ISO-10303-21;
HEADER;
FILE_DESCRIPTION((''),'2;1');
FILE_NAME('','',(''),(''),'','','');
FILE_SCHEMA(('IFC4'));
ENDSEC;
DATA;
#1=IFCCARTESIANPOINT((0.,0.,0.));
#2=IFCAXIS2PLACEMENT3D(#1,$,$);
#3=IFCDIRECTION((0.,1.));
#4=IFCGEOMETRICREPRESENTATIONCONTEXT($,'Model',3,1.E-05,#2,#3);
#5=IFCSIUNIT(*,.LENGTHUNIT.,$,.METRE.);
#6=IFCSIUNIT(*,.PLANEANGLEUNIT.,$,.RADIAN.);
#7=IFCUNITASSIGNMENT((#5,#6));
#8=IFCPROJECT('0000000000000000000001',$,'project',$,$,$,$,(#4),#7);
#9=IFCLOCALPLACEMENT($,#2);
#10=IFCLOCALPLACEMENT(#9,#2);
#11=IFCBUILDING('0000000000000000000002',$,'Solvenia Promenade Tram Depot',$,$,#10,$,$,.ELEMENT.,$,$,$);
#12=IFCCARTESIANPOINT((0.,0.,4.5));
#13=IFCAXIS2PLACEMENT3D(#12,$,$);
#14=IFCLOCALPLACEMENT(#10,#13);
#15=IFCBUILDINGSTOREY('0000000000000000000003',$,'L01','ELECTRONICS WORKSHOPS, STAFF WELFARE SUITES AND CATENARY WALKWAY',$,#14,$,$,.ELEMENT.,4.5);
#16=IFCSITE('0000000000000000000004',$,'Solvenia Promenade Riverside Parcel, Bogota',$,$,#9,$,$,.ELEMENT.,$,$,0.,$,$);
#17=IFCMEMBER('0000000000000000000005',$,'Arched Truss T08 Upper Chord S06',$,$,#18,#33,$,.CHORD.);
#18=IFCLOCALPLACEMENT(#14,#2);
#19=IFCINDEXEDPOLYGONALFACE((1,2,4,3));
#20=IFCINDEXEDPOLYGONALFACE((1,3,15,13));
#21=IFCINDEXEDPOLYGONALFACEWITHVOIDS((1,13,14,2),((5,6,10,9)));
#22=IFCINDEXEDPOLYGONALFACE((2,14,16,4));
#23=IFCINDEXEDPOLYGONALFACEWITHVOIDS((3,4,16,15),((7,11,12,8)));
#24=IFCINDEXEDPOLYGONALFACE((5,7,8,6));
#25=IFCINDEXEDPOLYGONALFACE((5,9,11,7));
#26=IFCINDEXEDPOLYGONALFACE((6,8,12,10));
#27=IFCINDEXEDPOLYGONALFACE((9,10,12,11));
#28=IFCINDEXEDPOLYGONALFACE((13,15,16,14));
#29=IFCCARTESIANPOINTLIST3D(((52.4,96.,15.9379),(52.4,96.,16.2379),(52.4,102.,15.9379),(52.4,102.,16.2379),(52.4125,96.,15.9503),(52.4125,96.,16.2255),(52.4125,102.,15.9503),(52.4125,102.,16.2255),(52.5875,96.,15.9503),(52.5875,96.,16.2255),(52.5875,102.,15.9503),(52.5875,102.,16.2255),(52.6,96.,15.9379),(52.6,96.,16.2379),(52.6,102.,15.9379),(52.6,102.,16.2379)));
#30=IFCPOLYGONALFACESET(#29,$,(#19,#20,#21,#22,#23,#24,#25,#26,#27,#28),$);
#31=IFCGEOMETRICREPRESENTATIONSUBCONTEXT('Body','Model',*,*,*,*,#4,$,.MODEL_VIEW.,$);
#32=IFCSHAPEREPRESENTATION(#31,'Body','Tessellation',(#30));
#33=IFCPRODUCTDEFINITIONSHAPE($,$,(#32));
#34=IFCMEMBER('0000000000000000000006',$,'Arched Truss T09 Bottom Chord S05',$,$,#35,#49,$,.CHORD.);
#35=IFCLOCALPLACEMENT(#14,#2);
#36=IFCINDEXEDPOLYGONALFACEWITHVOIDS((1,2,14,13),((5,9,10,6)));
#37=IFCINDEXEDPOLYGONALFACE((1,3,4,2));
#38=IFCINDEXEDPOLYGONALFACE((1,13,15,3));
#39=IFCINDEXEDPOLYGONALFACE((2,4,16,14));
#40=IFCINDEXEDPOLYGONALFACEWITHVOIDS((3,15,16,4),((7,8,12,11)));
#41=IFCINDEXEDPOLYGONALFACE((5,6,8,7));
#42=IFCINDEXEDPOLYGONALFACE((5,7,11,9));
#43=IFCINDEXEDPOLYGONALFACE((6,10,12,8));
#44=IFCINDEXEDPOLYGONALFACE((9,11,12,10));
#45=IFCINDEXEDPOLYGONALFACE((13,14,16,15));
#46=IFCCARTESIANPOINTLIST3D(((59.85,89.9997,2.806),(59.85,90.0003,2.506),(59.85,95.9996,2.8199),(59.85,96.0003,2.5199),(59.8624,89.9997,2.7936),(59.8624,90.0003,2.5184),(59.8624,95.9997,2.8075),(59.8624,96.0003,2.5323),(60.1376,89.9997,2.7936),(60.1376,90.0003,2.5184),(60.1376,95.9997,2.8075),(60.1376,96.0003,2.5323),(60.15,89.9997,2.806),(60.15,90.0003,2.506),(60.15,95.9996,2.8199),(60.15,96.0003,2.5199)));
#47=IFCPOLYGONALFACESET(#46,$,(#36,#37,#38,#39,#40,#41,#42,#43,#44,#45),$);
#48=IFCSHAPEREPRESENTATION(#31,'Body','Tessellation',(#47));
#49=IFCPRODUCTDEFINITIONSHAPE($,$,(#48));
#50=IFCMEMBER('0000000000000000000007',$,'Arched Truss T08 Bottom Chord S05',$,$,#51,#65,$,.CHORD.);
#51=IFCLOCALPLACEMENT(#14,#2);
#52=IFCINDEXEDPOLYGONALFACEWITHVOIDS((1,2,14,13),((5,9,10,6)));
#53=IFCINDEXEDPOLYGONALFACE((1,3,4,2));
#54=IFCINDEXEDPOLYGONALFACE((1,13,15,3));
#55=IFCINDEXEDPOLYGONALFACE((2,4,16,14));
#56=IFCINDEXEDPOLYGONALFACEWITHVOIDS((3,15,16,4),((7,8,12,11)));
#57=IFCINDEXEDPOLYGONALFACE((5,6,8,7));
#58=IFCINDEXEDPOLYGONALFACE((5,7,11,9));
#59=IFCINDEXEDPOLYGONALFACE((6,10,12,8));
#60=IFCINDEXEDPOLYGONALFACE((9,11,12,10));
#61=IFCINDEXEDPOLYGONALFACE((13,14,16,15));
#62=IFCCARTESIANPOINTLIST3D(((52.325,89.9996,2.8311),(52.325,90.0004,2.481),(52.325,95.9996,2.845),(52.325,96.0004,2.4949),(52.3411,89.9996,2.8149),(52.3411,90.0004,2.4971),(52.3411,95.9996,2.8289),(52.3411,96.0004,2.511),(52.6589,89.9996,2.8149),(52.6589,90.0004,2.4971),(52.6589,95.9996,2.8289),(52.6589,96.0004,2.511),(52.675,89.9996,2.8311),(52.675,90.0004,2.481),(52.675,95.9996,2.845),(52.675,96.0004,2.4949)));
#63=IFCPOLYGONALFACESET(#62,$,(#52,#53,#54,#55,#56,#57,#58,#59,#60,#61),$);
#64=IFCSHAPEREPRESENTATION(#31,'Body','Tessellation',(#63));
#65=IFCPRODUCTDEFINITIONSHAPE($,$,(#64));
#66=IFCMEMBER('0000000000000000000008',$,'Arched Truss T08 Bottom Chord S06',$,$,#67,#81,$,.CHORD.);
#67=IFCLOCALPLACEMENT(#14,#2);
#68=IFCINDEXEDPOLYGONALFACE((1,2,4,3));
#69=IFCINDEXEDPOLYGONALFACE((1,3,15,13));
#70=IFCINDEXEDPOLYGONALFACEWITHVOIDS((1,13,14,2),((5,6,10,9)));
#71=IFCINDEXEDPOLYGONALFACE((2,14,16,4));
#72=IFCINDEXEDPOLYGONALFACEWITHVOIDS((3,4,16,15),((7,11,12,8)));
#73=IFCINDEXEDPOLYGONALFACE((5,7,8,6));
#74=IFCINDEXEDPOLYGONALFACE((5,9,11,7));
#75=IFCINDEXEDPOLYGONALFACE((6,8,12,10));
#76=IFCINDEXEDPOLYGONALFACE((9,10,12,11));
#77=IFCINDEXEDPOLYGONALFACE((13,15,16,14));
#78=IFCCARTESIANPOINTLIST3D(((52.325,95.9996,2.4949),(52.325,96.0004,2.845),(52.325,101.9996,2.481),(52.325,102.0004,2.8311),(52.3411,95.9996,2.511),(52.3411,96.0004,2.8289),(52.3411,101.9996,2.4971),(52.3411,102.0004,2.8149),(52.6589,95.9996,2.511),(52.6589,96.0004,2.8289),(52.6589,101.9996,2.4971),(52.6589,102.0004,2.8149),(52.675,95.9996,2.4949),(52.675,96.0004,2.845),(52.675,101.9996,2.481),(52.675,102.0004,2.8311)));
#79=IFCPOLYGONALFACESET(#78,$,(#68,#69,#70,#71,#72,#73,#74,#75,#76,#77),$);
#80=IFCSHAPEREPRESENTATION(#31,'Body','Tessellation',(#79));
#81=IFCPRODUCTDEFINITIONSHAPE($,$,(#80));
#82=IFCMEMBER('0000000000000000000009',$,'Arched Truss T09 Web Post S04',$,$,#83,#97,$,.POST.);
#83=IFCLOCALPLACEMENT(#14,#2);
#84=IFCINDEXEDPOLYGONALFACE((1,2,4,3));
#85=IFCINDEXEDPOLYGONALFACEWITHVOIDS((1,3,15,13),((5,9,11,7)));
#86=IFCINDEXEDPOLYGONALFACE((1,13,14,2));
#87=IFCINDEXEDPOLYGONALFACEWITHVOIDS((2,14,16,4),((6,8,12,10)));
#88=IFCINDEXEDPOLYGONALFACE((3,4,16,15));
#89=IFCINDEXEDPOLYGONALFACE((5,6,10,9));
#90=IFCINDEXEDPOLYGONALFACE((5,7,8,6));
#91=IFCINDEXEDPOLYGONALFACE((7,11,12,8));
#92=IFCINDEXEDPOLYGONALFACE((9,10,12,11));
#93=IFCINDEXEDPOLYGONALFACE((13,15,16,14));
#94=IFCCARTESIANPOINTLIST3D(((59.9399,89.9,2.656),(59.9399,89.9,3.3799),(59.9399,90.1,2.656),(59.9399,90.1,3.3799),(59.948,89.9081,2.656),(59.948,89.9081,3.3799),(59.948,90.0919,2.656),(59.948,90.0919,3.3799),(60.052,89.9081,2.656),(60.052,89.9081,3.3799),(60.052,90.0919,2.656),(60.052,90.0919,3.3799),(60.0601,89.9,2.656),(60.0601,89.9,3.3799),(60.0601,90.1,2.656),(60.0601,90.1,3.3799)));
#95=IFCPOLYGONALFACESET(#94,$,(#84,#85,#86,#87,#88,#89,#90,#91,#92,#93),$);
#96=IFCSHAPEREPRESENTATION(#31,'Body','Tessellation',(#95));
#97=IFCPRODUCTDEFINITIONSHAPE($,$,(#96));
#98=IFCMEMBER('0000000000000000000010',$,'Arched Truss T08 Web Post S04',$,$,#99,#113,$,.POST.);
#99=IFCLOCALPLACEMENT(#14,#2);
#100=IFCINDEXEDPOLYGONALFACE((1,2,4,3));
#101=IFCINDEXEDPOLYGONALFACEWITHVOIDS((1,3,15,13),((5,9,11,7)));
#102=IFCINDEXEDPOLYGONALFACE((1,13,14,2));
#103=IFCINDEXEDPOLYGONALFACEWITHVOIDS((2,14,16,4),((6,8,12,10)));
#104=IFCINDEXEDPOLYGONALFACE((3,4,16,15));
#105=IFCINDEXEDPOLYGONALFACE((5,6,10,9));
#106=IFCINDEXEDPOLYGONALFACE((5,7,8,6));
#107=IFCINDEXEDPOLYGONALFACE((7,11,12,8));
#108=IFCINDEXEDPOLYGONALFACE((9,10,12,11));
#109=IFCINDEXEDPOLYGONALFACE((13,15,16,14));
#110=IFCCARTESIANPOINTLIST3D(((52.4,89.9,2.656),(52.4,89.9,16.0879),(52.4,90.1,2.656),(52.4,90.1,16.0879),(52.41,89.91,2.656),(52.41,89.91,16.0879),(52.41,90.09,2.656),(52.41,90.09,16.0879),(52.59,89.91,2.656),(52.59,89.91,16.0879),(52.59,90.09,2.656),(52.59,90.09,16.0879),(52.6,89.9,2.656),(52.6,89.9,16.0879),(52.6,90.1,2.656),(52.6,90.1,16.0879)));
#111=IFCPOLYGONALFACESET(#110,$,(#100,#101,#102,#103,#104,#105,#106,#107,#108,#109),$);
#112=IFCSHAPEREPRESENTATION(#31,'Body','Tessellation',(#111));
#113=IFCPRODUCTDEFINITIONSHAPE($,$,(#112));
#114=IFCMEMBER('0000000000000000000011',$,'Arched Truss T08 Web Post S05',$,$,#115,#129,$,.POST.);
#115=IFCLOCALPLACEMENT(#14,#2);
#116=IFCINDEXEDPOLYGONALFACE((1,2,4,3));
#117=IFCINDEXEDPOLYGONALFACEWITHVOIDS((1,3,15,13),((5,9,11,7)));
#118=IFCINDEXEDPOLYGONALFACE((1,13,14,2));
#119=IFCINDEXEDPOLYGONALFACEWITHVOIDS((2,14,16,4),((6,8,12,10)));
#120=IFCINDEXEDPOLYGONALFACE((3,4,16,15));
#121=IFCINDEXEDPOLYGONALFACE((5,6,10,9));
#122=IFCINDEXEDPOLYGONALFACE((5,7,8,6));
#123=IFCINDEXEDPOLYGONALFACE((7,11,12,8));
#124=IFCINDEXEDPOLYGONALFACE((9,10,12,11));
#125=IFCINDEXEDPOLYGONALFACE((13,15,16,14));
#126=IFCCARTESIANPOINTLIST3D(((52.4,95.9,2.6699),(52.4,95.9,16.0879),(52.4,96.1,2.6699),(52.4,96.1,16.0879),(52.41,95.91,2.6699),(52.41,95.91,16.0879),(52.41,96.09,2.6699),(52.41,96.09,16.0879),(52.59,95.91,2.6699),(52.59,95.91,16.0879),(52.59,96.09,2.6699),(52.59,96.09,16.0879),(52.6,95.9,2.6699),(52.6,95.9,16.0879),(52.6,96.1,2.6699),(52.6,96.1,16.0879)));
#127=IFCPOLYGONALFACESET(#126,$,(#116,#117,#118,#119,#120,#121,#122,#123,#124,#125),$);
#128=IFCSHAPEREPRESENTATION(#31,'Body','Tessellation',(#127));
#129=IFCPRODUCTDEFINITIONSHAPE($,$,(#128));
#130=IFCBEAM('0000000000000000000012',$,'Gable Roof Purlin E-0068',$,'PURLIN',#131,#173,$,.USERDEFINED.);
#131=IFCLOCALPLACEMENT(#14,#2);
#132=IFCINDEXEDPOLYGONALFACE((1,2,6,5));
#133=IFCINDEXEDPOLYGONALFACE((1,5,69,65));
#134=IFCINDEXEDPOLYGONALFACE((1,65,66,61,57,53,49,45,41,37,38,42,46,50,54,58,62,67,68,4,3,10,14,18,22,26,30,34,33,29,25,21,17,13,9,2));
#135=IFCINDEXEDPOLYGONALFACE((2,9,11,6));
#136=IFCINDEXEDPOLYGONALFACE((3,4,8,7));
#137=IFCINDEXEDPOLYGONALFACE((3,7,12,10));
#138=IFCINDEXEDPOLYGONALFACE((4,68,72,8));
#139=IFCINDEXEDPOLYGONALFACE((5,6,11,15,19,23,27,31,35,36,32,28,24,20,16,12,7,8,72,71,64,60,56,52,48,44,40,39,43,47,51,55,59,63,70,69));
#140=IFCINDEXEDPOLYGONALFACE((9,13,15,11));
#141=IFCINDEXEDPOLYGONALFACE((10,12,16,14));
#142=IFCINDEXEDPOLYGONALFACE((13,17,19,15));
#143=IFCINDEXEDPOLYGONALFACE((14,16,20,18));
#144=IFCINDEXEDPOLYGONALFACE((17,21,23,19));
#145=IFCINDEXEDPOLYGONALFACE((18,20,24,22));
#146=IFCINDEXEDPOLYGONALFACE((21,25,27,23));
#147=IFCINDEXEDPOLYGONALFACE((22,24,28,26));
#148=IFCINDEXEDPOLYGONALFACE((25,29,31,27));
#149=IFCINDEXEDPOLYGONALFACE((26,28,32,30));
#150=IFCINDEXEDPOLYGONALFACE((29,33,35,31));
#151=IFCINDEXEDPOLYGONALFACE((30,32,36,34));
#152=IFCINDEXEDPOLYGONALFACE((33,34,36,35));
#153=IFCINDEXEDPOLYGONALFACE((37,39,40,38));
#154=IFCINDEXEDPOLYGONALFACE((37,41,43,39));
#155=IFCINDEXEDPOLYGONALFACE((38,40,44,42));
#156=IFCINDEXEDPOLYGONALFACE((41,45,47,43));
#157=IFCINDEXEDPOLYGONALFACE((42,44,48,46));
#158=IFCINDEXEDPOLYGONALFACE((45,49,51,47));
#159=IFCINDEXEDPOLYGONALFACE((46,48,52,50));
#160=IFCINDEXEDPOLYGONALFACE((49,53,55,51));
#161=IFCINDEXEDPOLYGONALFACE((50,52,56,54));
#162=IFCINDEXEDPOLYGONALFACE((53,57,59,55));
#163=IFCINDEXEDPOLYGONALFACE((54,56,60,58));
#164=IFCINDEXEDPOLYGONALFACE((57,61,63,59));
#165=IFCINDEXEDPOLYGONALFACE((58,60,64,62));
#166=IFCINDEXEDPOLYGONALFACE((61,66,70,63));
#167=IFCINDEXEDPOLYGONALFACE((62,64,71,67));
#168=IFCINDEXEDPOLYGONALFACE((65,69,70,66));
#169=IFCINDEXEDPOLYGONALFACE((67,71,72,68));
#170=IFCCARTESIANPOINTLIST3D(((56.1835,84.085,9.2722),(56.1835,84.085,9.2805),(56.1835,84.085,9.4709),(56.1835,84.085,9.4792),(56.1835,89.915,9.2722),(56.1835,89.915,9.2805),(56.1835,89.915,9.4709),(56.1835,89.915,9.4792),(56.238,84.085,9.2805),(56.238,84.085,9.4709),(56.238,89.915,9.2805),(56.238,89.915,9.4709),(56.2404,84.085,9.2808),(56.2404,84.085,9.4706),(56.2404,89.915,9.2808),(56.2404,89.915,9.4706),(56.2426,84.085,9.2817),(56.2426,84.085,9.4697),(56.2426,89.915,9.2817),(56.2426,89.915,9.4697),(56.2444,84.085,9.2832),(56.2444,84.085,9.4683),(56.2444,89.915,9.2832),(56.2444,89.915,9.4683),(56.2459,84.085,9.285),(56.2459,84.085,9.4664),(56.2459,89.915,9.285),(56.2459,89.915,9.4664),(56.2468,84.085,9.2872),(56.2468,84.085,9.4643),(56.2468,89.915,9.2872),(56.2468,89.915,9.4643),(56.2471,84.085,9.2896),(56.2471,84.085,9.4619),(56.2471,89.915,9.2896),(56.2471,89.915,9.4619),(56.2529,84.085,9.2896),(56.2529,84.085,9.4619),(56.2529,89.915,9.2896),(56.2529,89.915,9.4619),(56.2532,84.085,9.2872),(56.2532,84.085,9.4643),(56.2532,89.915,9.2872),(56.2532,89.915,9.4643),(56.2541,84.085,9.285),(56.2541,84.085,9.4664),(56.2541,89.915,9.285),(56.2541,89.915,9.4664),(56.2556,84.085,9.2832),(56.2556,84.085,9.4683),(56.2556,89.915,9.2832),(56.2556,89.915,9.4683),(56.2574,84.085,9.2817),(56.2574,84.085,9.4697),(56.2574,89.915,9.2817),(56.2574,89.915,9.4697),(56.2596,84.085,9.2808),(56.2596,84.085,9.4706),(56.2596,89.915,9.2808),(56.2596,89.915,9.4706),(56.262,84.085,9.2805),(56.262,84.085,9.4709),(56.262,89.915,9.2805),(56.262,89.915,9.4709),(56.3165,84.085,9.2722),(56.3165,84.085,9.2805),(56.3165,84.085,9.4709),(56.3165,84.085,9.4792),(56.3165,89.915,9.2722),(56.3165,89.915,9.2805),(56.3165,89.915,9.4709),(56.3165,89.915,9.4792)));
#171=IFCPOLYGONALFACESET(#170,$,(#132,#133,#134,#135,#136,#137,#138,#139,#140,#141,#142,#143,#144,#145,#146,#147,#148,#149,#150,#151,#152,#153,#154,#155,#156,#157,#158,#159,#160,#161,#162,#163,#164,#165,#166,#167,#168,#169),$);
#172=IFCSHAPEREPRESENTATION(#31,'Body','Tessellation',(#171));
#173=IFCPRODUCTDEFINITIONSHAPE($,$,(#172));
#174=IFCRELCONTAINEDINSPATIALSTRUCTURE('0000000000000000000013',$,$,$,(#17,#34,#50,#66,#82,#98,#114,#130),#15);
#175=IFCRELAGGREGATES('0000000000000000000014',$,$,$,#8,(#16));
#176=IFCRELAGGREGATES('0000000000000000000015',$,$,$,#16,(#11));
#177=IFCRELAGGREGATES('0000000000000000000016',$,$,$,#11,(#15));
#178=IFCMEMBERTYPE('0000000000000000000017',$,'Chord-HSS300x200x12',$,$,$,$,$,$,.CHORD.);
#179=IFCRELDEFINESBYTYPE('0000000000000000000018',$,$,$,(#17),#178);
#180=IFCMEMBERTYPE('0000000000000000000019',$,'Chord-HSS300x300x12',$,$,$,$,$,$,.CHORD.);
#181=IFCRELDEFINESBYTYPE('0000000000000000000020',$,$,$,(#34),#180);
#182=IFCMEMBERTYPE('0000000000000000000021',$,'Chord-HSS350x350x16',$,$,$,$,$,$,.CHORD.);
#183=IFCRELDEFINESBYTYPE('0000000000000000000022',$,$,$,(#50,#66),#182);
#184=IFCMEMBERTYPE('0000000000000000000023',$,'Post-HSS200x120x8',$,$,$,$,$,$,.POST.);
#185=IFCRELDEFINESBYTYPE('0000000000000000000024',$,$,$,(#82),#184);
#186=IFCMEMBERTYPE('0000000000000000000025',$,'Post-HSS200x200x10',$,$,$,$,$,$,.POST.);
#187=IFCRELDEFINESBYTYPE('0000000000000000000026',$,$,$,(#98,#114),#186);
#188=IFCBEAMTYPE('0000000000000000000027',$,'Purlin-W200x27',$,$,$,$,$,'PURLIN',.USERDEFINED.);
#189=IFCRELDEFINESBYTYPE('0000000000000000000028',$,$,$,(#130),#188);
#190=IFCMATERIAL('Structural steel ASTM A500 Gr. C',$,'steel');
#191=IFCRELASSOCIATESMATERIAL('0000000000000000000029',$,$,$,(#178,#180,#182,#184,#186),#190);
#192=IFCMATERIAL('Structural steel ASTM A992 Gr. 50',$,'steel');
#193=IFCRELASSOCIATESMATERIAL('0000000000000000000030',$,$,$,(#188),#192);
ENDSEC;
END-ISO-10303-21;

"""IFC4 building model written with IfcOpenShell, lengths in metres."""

from ifc_helpers import new_model, si_unit, direction, frame, origin, origin_2d, place, context, subcontext, project, spatial, hollow_rectangle, i_section, extrude, material, material_profile, profile_set, type_object, element, save


model = new_model("IFC4")

# Units and contexts
model_context = context("Model", 3, precision=1e-05, world=origin(), true_north=direction((0.0, 1.0)))
body_context = subcontext(model_context, "Body", "Model", "MODEL_VIEW")
ifc_project = project(units=[si_unit("LENGTHUNIT", "METRE"), si_unit("PLANEANGLEUNIT", "RADIAN")], contexts=[model_context])

# Site, building, storey
site_placement = place(None, origin())
site = spatial("IfcSite", under=ifc_project, at=site_placement, Name="Solvenia Promenade Riverside Parcel, Bogota", CompositionType="ELEMENT", RefElevation=0.0)
building_placement = place(site_placement, origin())
building = spatial("IfcBuilding", under=site, at=building_placement, Name="Solvenia Promenade Tram Depot", CompositionType="ELEMENT")
storey_placement = place(building_placement, frame((0.0, 0.0, 4.5)))
storey = spatial("IfcBuildingStorey", under=building, at=storey_placement, Name="L01", Description="ELECTRONICS WORKSHOPS, STAFF WELFARE SUITES AND CATENARY WALKWAY", CompositionType="ELEMENT", Elevation=4.5)

# Members
ifc_material_1 = material(Name="Structural steel ASTM A500 Gr. C", Category="steel")
ifc_material_profile_1 = material_profile(ifc_material_1, hollow_rectangle(XDim=0.2, YDim=0.3, WallThickness=0.0125, at=origin_2d()), Name="HSS300x200x12.5", Category="steel")
ifc_profile_set_1 = profile_set([ifc_material_profile_1], Name="Structural steel ASTM A500 Gr. C")
member_type_1 = type_object("IfcMemberType", Name="Chord-HSS300x200x12", PredefinedType="CHORD", material=ifc_profile_set_1)
for number, where, z_axis, x_axis, name in (
    (1, (52.5, 96.0, 16.0879), (0.0, 1.0, 0.0), (-1.0, 0.0, 0.0), "Arched Truss T08 Upper Chord S06"),
):
    element("IfcMember", number, at=place(storey_placement, frame(where, z_axis=z_axis, x_axis=x_axis)), inside=storey, type_object=member_type_1, Name=name, PredefinedType="CHORD", context=body_context, shape_type="SweptSolid", body=[
        extrude(hollow_rectangle(XDim=0.2, YDim=0.3, WallThickness=0.0125, at=origin_2d()), origin(), (0.0, 0.0, 1.0), 6.0),
    ])
ifc_material_profile_2 = material_profile(ifc_material_1, hollow_rectangle(XDim=0.3, YDim=0.3, WallThickness=0.0125, at=origin_2d()), Name="HSS300x300x12.5", Category="steel")
ifc_profile_set_2 = profile_set([ifc_material_profile_2], Name="Structural steel ASTM A500 Gr. C")
member_type_2 = type_object("IfcMemberType", Name="Chord-HSS300x300x12", PredefinedType="CHORD", material=ifc_profile_set_2)
member_1_placement = place(storey_placement, frame((60.0, 90.0, 2.656), z_axis=(0.0, 0.999997, 0.002319), x_axis=(-1.0, 0.0, 0.0)))
element("IfcMember", 2, at=member_1_placement, inside=storey, type_object=member_type_2, Name="Arched Truss T09 Bottom Chord S05", PredefinedType="CHORD", context=body_context, shape_type="SweptSolid", body=[
    extrude(hollow_rectangle(XDim=0.3, YDim=0.3, WallThickness=0.0125, at=origin_2d()), origin(), (0.0, 0.0, 1.0), 6.0),
])
ifc_material_profile_3 = material_profile(ifc_material_1, hollow_rectangle(XDim=0.3501, YDim=0.3501, WallThickness=0.0161, at=origin_2d()), Name="HSS350x350x16", Category="steel")
ifc_profile_set_3 = profile_set([ifc_material_profile_3], Name="Structural steel ASTM A500 Gr. C")
member_type_3 = type_object("IfcMemberType", Name="Chord-HSS350x350x16", PredefinedType="CHORD", material=ifc_profile_set_3)
for number, where, z_axis, x_axis, name in (
    (3, (52.5, 90.0, 2.656), (0.0, 0.999997, 0.002319), (-1.0, 0.0, 0.0), "Arched Truss T08 Bottom Chord S05"),
    (4, (52.5, 96.0, 2.6699), (0.0, 0.999997, -0.002319), (-1.0, 0.0, 0.0), "Arched Truss T08 Bottom Chord S06"),
):
    element("IfcMember", number, at=place(storey_placement, frame(where, z_axis=z_axis, x_axis=x_axis)), inside=storey, type_object=member_type_3, Name=name, PredefinedType="CHORD", context=body_context, shape_type="SweptSolid", body=[
        extrude(hollow_rectangle(XDim=0.3501, YDim=0.3501, WallThickness=0.0161, at=origin_2d()), origin(), (0.0, 0.0, 1.0), 6.0),
    ])
ifc_material_profile_4 = material_profile(ifc_material_1, hollow_rectangle(XDim=0.1201, YDim=0.2, WallThickness=0.0081, at=origin_2d()), Name="HSS200x120x8", Category="steel")
ifc_profile_set_4 = profile_set([ifc_material_profile_4], Name="Structural steel ASTM A500 Gr. C")
member_type_4 = type_object("IfcMemberType", Name="Post-HSS200x120x8", PredefinedType="POST", material=ifc_profile_set_4)
member_2_placement = place(storey_placement, frame((60.0, 90.0, 2.656), z_axis=(0.0, 0.0, 1.0), x_axis=(1.0, 0.0, 0.0)))
element("IfcMember", 5, at=member_2_placement, inside=storey, type_object=member_type_4, Name="Arched Truss T09 Web Post S04", PredefinedType="POST", context=body_context, shape_type="SweptSolid", body=[
    extrude(hollow_rectangle(XDim=0.1201, YDim=0.2, WallThickness=0.0081, at=origin_2d()), origin(), (0.0, 0.0, 1.0), 0.7239),
])
ifc_material_profile_5 = material_profile(ifc_material_1, hollow_rectangle(XDim=0.2, YDim=0.2, WallThickness=0.01, at=origin_2d()), Name="HSS200x200x10", Category="steel")
ifc_profile_set_5 = profile_set([ifc_material_profile_5], Name="Structural steel ASTM A500 Gr. C")
member_type_5 = type_object("IfcMemberType", Name="Post-HSS200x200x10", PredefinedType="POST", material=ifc_profile_set_5)
member_3_placement = place(storey_placement, frame((52.5, 90.0, 2.656), z_axis=(0.0, 0.0, 1.0), x_axis=(1.0, 0.0, 0.0)))
element("IfcMember", 6, at=member_3_placement, inside=storey, type_object=member_type_5, Name="Arched Truss T08 Web Post S04", PredefinedType="POST", context=body_context, shape_type="SweptSolid", body=[
    extrude(hollow_rectangle(XDim=0.2, YDim=0.2, WallThickness=0.01, at=origin_2d()), origin(), (0.0, 0.0, 1.0), 13.4319),
])
member_4_placement = place(storey_placement, frame((52.5, 96.0, 2.6699), z_axis=(0.0, 0.0, 1.0), x_axis=(1.0, 0.0, 0.0)))
element("IfcMember", 7, at=member_4_placement, inside=storey, type_object=member_type_5, Name="Arched Truss T08 Web Post S05", PredefinedType="POST", context=body_context, shape_type="SweptSolid", body=[
    extrude(hollow_rectangle(XDim=0.2, YDim=0.2, WallThickness=0.01, at=origin_2d()), origin(), (0.0, 0.0, 1.0), 13.418),
])

# Beam
ifc_material_2 = material(Name="Structural steel ASTM A992 Gr. 50", Category="steel")
ifc_material_profile_6 = material_profile(ifc_material_2, i_section(OverallWidth=0.1331, OverallDepth=0.207, WebThickness=0.0059, FlangeThickness=0.0083, FilletRadius=0.009, at=origin_2d()), Name="W200x27", Category="steel")
ifc_profile_set_6 = profile_set([ifc_material_profile_6], Name="Structural steel ASTM A992 Gr. 50")
beam_type = type_object("IfcBeamType", Name="Purlin-W200x27", ElementType="PURLIN", PredefinedType="USERDEFINED", material=ifc_profile_set_6)
for number, where, z_axis, x_axis, name in (
    (8, (56.25, 84.085, 9.3757), (0.0, 1.0, 0.0), (-1.0, 0.0, 0.0), "Gable Roof Purlin E-0068"),
):
    element("IfcBeam", number, at=place(storey_placement, frame(where, z_axis=z_axis, x_axis=x_axis)), inside=storey, type_object=beam_type, Name=name, ObjectType="PURLIN", PredefinedType="USERDEFINED", context=body_context, shape_type="SweptSolid", body=[
        extrude(i_section(OverallWidth=0.1331, OverallDepth=0.207, WebThickness=0.0059, FlangeThickness=0.0083, FilletRadius=0.009, at=origin_2d()), origin(), (0.0, 0.0, 1.0), 5.8301),
    ])

save(model, "model.ifc")
